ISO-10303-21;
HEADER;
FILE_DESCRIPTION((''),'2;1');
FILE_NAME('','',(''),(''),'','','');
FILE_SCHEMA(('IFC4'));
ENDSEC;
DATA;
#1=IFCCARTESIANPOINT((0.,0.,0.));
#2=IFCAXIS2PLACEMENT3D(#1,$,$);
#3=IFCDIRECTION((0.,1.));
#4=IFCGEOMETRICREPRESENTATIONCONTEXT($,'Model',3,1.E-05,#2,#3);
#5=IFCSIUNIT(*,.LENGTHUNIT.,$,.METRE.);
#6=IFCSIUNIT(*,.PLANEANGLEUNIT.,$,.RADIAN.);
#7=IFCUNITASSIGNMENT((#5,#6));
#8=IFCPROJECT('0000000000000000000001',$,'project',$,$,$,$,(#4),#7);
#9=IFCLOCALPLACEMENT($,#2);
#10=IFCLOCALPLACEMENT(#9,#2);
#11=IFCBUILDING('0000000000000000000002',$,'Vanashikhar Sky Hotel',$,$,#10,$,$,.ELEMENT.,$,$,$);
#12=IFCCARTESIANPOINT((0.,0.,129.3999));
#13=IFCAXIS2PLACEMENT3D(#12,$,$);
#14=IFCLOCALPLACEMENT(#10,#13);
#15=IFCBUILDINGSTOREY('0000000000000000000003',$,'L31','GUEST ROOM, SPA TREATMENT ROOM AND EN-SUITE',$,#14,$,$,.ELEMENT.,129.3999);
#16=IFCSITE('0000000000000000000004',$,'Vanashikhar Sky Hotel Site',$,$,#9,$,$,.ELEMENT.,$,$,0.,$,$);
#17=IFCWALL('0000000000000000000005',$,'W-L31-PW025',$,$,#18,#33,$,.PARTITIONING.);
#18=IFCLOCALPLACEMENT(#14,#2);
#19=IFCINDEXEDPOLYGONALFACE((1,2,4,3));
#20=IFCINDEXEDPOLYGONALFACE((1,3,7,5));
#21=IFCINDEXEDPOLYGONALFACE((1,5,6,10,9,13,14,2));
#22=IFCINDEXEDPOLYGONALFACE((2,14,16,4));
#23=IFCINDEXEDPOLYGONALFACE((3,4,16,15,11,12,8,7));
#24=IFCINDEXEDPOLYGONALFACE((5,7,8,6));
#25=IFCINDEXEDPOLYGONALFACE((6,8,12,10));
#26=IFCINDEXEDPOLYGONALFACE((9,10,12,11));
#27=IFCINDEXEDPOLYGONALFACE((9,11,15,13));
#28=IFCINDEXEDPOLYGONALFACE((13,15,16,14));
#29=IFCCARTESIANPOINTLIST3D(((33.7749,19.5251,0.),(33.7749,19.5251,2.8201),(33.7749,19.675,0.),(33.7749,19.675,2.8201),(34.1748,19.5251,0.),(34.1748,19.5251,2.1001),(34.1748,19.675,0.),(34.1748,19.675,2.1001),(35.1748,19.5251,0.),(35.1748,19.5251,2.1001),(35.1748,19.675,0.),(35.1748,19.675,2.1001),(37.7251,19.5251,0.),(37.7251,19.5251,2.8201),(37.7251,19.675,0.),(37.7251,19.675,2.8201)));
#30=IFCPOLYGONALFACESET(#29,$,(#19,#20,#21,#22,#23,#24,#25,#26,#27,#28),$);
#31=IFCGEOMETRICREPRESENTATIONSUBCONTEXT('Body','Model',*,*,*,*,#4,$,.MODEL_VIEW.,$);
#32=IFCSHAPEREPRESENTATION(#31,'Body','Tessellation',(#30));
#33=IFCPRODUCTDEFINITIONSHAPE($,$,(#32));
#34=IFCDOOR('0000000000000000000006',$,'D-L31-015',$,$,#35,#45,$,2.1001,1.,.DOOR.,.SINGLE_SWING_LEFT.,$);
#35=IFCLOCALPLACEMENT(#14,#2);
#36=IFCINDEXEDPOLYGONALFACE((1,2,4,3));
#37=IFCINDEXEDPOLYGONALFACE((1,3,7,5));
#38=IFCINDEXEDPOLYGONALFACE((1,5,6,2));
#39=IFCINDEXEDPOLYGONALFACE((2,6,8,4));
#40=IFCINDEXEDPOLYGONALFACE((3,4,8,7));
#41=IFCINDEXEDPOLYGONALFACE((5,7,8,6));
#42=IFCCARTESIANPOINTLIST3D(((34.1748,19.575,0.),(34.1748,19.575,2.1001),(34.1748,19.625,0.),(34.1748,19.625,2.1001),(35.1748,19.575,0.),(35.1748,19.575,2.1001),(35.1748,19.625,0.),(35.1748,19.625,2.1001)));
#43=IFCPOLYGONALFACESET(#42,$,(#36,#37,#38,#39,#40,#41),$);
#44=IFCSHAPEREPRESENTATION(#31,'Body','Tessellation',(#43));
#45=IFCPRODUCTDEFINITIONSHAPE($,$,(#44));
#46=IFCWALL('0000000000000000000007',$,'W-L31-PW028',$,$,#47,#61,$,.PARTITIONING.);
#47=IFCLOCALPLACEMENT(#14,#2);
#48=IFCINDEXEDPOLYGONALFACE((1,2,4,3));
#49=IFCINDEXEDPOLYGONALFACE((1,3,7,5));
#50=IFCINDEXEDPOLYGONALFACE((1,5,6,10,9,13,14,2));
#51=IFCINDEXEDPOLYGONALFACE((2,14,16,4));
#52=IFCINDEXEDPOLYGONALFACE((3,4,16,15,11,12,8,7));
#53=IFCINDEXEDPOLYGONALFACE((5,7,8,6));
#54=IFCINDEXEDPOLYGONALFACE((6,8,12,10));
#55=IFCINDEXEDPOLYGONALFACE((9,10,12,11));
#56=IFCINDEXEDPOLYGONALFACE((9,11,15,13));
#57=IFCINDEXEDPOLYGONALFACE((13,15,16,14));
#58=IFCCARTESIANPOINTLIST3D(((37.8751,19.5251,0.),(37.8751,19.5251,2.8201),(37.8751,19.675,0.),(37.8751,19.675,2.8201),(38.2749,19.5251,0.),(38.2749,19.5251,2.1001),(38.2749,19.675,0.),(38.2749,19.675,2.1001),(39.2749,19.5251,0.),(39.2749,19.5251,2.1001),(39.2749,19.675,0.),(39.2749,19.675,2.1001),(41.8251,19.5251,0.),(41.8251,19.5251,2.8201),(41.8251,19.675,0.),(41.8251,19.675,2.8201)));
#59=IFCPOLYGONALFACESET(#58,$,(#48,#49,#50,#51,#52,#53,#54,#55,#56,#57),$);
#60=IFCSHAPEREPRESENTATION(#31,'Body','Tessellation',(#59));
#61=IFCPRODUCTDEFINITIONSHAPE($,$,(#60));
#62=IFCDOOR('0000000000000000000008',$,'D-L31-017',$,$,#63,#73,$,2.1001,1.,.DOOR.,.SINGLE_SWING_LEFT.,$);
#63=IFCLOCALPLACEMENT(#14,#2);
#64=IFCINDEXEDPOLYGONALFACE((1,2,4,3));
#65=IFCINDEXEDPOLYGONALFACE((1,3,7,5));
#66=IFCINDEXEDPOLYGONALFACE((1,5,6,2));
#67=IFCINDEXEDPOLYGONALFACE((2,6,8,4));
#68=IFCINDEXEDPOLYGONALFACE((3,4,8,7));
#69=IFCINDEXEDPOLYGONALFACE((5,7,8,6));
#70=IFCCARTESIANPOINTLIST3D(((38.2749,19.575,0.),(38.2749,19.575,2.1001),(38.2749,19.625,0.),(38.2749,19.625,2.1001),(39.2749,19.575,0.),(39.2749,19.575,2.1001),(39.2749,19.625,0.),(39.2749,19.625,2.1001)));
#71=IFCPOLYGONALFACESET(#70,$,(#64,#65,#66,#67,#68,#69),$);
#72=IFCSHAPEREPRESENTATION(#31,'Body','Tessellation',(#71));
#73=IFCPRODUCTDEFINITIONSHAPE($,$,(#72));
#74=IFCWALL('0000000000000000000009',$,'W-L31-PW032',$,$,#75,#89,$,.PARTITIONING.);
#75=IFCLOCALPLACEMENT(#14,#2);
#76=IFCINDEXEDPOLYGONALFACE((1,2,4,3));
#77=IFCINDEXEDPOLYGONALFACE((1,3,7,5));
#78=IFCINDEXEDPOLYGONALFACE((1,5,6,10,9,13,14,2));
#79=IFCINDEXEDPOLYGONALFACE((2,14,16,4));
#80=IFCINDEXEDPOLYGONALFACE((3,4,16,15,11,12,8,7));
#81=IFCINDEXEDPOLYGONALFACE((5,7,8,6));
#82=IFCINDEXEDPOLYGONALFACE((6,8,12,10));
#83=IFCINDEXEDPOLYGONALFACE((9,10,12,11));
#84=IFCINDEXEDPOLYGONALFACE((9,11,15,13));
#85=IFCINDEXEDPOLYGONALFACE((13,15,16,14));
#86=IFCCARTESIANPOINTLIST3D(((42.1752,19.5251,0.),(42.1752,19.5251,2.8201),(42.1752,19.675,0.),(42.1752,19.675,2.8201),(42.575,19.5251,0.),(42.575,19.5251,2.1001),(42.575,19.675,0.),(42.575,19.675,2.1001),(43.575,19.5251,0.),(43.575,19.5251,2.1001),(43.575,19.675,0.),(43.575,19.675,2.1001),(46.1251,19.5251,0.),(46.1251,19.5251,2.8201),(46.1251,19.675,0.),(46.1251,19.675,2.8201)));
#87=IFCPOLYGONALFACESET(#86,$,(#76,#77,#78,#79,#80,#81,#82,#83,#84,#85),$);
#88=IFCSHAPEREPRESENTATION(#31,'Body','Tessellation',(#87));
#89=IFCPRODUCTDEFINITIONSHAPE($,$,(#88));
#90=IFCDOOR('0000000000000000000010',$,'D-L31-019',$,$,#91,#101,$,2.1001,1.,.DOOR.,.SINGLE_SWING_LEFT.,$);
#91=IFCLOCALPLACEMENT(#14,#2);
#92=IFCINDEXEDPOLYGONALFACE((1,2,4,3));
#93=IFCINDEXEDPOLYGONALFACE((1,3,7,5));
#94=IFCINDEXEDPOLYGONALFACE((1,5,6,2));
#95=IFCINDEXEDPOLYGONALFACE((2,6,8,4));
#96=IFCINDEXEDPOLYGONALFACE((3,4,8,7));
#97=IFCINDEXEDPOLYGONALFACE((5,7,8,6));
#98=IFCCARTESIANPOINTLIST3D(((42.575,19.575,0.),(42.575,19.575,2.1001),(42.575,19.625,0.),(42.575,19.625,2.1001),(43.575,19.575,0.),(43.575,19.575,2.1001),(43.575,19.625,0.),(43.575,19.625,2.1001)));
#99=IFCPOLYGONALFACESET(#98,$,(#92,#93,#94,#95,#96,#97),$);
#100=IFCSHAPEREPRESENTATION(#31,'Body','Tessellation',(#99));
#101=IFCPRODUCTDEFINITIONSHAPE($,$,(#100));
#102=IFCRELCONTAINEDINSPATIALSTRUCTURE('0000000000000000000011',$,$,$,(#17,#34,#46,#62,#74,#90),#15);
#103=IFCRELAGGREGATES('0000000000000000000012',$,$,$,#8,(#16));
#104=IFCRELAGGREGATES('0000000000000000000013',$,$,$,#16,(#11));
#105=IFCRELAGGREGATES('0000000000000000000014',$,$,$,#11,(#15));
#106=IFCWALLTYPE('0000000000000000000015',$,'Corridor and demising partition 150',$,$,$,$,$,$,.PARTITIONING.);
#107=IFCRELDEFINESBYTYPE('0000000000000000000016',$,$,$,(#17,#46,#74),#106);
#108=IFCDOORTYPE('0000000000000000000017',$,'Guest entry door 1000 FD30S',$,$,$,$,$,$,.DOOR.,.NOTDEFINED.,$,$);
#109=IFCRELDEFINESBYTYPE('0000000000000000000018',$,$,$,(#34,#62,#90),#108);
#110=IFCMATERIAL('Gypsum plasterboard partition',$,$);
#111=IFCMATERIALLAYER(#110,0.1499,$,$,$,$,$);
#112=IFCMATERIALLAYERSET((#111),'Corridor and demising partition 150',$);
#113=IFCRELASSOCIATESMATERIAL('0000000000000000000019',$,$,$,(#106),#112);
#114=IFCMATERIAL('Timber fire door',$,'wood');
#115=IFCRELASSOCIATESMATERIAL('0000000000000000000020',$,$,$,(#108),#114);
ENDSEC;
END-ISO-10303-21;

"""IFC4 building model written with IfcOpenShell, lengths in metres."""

from ifc_helpers import new_model, si_unit, direction, frame, frame_2d, origin, place, context, subcontext, project, spatial, rectangle, extrude, source, transform, mapped, material, layer, layer_set, type_object, element, fill, save


model = new_model("IFC4")

# Units and contexts
model_context = context("Model", 3, precision=1e-05, world=origin(), true_north=direction((0.0, 1.0)))
body_context = subcontext(model_context, "Body", "Model", "MODEL_VIEW")
ifc_project = project(units=[si_unit("LENGTHUNIT", "METRE"), si_unit("PLANEANGLEUNIT", "RADIAN")], contexts=[model_context])

# Site, building, storey
site_placement = place(None, origin())
site = spatial("IfcSite", under=ifc_project, at=site_placement, Name="Vanashikhar Sky Hotel Site", CompositionType="ELEMENT", RefElevation=0.0)
building_placement = place(site_placement, origin())
building = spatial("IfcBuilding", under=site, at=building_placement, Name="Vanashikhar Sky Hotel", CompositionType="ELEMENT")
storey_placement = place(building_placement, frame((0.0, 0.0, 129.3999)))
storey = spatial("IfcBuildingStorey", under=building, at=storey_placement, Name="L31", Description="GUEST ROOM, SPA TREATMENT ROOM AND EN-SUITE", CompositionType="ELEMENT", Elevation=129.3999)

# Walls, openings, doors
ifc_material_1 = material(Name="Gypsum plasterboard partition")
ifc_layer_1 = layer(ifc_material_1, 0.1499)
ifc_layer_set_1 = layer_set([ifc_layer_1], Name="Corridor and demising partition 150")
wall_type_1 = type_object("IfcWallType", Name="Corridor and demising partition 150", PredefinedType="PARTITIONING", material=ifc_layer_set_1)
shared_shape_1 = source(origin(), body_context, "Body", "SweptSolid", [
    extrude(rectangle(XDim=3.9502, YDim=0.1499, at=frame_2d((1.9751, 0.0))), origin(), (0.0, 0.0, 1.0), 2.8201),
])
wall_1_placement = place(storey_placement, frame((33.7749, 19.6001, 0.0), z_axis=(0.0, 0.0, 1.0), x_axis=(1.0, 0.0, 0.0)))
wall_1 = element("IfcWall", 1, at=wall_1_placement, inside=storey, type_object=wall_type_1, Name="W-L31-PW025", PredefinedType="PARTITIONING", context=body_context, shape_type="MappedRepresentation", body=[
    mapped(shared_shape_1, transform((0.0, 0.0, 0.0), scale=1.0)),
])
shared_shape_2 = source(origin(), body_context, "Body", "SweptSolid", [
    extrude(rectangle(XDim=1.0, YDim=2.1001, at=frame_2d((0.5, 1.05))), frame((0.0, 0.085, 0.0), z_axis=(0.0, -1.0, 0.0), x_axis=(1.0, 0.0, 0.0)), (0.0, 0.0, 1.0), 0.1699),
])
opening_1_placement = place(wall_1_placement, frame((0.3999, 0.0, 0.0)))
opening_1 = element("IfcOpeningElement", 2, at=opening_1_placement, cuts=wall_1, PredefinedType="OPENING", context=body_context, shape_type="MappedRepresentation", body=[
    mapped(shared_shape_2, transform((0.0, 0.0, 0.0), scale=1.0)),
])
ifc_material_2 = material(Name="Timber fire door", Category="wood")
door_type_1 = type_object("IfcDoorType", Name="Guest entry door 1000 FD30S", OperationType="NOTDEFINED", PredefinedType="DOOR", material=ifc_material_2)
shared_shape_3 = source(origin(), body_context, "Body", "SweptSolid", [
    extrude(rectangle(XDim=1.0, YDim=2.1001, at=frame_2d((0.5, 1.05))), frame((0.0, 0.0249, 0.0), z_axis=(0.0, -1.0, 0.0), x_axis=(1.0, 0.0, 0.0)), (0.0, 0.0, 1.0), 0.05),
])
door_1_placement = place(opening_1_placement, origin())
door_1 = element("IfcDoor", 3, at=door_1_placement, inside=storey, type_object=door_type_1, Name="D-L31-015", OperationType="SINGLE_SWING_LEFT", OverallHeight=2.1001, OverallWidth=1.0, PredefinedType="DOOR", context=body_context, shape_type="MappedRepresentation", body=[
    mapped(shared_shape_3, transform((0.0, 0.0, 0.0), scale=1.0)),
])
fill(opening_1, door_1)
shared_shape_4 = source(origin(), body_context, "Body", "SweptSolid", [
    extrude(rectangle(XDim=3.95, YDim=0.1499, at=frame_2d((1.9751, 0.0))), origin(), (0.0, 0.0, 1.0), 2.8201),
])
wall_2_placement = place(storey_placement, frame((37.875, 19.6001, 0.0), z_axis=(0.0, 0.0, 1.0), x_axis=(1.0, 0.0, 0.0)))
wall_2 = element("IfcWall", 4, at=wall_2_placement, inside=storey, type_object=wall_type_1, Name="W-L31-PW028", PredefinedType="PARTITIONING", context=body_context, shape_type="MappedRepresentation", body=[
    mapped(shared_shape_4, transform((0.0, 0.0, 0.0), scale=1.0)),
])
opening_2_placement = place(wall_2_placement, frame((0.3999, 0.0, 0.0)))
opening_2 = element("IfcOpeningElement", 5, at=opening_2_placement, cuts=wall_2, PredefinedType="OPENING", context=body_context, shape_type="MappedRepresentation", body=[
    mapped(shared_shape_2, transform((0.0, 0.0, 0.0), scale=1.0)),
])
door_2_placement = place(opening_2_placement, origin())
door_2 = element("IfcDoor", 6, at=door_2_placement, inside=storey, type_object=door_type_1, Name="D-L31-017", OperationType="SINGLE_SWING_LEFT", OverallHeight=2.1001, OverallWidth=1.0, PredefinedType="DOOR", context=body_context, shape_type="MappedRepresentation", body=[
    mapped(shared_shape_3, transform((0.0, 0.0, 0.0), scale=1.0)),
])
fill(opening_2, door_2)
wall_3_placement = place(storey_placement, frame((42.175, 19.6001, 0.0), z_axis=(0.0, 0.0, 1.0), x_axis=(1.0, 0.0, 0.0)))
wall_3 = element("IfcWall", 7, at=wall_3_placement, inside=storey, type_object=wall_type_1, Name="W-L31-PW032", PredefinedType="PARTITIONING", context=body_context, shape_type="MappedRepresentation", body=[
    mapped(shared_shape_4, transform((0.0, 0.0, 0.0), scale=1.0)),
])
opening_3_placement = place(wall_3_placement, frame((0.3999, 0.0, 0.0)))
opening_3 = element("IfcOpeningElement", 8, at=opening_3_placement, cuts=wall_3, PredefinedType="OPENING", context=body_context, shape_type="MappedRepresentation", body=[
    mapped(shared_shape_2, transform((0.0, 0.0, 0.0), scale=1.0)),
])
door_3_placement = place(opening_3_placement, origin())
door_3 = element("IfcDoor", 9, at=door_3_placement, inside=storey, type_object=door_type_1, Name="D-L31-019", OperationType="SINGLE_SWING_LEFT", OverallHeight=2.1001, OverallWidth=1.0, PredefinedType="DOOR", context=body_context, shape_type="MappedRepresentation", body=[
    mapped(shared_shape_3, transform((0.0, 0.0, 0.0), scale=1.0)),
])
fill(opening_3, door_3)

save(model, "model.ifc")
